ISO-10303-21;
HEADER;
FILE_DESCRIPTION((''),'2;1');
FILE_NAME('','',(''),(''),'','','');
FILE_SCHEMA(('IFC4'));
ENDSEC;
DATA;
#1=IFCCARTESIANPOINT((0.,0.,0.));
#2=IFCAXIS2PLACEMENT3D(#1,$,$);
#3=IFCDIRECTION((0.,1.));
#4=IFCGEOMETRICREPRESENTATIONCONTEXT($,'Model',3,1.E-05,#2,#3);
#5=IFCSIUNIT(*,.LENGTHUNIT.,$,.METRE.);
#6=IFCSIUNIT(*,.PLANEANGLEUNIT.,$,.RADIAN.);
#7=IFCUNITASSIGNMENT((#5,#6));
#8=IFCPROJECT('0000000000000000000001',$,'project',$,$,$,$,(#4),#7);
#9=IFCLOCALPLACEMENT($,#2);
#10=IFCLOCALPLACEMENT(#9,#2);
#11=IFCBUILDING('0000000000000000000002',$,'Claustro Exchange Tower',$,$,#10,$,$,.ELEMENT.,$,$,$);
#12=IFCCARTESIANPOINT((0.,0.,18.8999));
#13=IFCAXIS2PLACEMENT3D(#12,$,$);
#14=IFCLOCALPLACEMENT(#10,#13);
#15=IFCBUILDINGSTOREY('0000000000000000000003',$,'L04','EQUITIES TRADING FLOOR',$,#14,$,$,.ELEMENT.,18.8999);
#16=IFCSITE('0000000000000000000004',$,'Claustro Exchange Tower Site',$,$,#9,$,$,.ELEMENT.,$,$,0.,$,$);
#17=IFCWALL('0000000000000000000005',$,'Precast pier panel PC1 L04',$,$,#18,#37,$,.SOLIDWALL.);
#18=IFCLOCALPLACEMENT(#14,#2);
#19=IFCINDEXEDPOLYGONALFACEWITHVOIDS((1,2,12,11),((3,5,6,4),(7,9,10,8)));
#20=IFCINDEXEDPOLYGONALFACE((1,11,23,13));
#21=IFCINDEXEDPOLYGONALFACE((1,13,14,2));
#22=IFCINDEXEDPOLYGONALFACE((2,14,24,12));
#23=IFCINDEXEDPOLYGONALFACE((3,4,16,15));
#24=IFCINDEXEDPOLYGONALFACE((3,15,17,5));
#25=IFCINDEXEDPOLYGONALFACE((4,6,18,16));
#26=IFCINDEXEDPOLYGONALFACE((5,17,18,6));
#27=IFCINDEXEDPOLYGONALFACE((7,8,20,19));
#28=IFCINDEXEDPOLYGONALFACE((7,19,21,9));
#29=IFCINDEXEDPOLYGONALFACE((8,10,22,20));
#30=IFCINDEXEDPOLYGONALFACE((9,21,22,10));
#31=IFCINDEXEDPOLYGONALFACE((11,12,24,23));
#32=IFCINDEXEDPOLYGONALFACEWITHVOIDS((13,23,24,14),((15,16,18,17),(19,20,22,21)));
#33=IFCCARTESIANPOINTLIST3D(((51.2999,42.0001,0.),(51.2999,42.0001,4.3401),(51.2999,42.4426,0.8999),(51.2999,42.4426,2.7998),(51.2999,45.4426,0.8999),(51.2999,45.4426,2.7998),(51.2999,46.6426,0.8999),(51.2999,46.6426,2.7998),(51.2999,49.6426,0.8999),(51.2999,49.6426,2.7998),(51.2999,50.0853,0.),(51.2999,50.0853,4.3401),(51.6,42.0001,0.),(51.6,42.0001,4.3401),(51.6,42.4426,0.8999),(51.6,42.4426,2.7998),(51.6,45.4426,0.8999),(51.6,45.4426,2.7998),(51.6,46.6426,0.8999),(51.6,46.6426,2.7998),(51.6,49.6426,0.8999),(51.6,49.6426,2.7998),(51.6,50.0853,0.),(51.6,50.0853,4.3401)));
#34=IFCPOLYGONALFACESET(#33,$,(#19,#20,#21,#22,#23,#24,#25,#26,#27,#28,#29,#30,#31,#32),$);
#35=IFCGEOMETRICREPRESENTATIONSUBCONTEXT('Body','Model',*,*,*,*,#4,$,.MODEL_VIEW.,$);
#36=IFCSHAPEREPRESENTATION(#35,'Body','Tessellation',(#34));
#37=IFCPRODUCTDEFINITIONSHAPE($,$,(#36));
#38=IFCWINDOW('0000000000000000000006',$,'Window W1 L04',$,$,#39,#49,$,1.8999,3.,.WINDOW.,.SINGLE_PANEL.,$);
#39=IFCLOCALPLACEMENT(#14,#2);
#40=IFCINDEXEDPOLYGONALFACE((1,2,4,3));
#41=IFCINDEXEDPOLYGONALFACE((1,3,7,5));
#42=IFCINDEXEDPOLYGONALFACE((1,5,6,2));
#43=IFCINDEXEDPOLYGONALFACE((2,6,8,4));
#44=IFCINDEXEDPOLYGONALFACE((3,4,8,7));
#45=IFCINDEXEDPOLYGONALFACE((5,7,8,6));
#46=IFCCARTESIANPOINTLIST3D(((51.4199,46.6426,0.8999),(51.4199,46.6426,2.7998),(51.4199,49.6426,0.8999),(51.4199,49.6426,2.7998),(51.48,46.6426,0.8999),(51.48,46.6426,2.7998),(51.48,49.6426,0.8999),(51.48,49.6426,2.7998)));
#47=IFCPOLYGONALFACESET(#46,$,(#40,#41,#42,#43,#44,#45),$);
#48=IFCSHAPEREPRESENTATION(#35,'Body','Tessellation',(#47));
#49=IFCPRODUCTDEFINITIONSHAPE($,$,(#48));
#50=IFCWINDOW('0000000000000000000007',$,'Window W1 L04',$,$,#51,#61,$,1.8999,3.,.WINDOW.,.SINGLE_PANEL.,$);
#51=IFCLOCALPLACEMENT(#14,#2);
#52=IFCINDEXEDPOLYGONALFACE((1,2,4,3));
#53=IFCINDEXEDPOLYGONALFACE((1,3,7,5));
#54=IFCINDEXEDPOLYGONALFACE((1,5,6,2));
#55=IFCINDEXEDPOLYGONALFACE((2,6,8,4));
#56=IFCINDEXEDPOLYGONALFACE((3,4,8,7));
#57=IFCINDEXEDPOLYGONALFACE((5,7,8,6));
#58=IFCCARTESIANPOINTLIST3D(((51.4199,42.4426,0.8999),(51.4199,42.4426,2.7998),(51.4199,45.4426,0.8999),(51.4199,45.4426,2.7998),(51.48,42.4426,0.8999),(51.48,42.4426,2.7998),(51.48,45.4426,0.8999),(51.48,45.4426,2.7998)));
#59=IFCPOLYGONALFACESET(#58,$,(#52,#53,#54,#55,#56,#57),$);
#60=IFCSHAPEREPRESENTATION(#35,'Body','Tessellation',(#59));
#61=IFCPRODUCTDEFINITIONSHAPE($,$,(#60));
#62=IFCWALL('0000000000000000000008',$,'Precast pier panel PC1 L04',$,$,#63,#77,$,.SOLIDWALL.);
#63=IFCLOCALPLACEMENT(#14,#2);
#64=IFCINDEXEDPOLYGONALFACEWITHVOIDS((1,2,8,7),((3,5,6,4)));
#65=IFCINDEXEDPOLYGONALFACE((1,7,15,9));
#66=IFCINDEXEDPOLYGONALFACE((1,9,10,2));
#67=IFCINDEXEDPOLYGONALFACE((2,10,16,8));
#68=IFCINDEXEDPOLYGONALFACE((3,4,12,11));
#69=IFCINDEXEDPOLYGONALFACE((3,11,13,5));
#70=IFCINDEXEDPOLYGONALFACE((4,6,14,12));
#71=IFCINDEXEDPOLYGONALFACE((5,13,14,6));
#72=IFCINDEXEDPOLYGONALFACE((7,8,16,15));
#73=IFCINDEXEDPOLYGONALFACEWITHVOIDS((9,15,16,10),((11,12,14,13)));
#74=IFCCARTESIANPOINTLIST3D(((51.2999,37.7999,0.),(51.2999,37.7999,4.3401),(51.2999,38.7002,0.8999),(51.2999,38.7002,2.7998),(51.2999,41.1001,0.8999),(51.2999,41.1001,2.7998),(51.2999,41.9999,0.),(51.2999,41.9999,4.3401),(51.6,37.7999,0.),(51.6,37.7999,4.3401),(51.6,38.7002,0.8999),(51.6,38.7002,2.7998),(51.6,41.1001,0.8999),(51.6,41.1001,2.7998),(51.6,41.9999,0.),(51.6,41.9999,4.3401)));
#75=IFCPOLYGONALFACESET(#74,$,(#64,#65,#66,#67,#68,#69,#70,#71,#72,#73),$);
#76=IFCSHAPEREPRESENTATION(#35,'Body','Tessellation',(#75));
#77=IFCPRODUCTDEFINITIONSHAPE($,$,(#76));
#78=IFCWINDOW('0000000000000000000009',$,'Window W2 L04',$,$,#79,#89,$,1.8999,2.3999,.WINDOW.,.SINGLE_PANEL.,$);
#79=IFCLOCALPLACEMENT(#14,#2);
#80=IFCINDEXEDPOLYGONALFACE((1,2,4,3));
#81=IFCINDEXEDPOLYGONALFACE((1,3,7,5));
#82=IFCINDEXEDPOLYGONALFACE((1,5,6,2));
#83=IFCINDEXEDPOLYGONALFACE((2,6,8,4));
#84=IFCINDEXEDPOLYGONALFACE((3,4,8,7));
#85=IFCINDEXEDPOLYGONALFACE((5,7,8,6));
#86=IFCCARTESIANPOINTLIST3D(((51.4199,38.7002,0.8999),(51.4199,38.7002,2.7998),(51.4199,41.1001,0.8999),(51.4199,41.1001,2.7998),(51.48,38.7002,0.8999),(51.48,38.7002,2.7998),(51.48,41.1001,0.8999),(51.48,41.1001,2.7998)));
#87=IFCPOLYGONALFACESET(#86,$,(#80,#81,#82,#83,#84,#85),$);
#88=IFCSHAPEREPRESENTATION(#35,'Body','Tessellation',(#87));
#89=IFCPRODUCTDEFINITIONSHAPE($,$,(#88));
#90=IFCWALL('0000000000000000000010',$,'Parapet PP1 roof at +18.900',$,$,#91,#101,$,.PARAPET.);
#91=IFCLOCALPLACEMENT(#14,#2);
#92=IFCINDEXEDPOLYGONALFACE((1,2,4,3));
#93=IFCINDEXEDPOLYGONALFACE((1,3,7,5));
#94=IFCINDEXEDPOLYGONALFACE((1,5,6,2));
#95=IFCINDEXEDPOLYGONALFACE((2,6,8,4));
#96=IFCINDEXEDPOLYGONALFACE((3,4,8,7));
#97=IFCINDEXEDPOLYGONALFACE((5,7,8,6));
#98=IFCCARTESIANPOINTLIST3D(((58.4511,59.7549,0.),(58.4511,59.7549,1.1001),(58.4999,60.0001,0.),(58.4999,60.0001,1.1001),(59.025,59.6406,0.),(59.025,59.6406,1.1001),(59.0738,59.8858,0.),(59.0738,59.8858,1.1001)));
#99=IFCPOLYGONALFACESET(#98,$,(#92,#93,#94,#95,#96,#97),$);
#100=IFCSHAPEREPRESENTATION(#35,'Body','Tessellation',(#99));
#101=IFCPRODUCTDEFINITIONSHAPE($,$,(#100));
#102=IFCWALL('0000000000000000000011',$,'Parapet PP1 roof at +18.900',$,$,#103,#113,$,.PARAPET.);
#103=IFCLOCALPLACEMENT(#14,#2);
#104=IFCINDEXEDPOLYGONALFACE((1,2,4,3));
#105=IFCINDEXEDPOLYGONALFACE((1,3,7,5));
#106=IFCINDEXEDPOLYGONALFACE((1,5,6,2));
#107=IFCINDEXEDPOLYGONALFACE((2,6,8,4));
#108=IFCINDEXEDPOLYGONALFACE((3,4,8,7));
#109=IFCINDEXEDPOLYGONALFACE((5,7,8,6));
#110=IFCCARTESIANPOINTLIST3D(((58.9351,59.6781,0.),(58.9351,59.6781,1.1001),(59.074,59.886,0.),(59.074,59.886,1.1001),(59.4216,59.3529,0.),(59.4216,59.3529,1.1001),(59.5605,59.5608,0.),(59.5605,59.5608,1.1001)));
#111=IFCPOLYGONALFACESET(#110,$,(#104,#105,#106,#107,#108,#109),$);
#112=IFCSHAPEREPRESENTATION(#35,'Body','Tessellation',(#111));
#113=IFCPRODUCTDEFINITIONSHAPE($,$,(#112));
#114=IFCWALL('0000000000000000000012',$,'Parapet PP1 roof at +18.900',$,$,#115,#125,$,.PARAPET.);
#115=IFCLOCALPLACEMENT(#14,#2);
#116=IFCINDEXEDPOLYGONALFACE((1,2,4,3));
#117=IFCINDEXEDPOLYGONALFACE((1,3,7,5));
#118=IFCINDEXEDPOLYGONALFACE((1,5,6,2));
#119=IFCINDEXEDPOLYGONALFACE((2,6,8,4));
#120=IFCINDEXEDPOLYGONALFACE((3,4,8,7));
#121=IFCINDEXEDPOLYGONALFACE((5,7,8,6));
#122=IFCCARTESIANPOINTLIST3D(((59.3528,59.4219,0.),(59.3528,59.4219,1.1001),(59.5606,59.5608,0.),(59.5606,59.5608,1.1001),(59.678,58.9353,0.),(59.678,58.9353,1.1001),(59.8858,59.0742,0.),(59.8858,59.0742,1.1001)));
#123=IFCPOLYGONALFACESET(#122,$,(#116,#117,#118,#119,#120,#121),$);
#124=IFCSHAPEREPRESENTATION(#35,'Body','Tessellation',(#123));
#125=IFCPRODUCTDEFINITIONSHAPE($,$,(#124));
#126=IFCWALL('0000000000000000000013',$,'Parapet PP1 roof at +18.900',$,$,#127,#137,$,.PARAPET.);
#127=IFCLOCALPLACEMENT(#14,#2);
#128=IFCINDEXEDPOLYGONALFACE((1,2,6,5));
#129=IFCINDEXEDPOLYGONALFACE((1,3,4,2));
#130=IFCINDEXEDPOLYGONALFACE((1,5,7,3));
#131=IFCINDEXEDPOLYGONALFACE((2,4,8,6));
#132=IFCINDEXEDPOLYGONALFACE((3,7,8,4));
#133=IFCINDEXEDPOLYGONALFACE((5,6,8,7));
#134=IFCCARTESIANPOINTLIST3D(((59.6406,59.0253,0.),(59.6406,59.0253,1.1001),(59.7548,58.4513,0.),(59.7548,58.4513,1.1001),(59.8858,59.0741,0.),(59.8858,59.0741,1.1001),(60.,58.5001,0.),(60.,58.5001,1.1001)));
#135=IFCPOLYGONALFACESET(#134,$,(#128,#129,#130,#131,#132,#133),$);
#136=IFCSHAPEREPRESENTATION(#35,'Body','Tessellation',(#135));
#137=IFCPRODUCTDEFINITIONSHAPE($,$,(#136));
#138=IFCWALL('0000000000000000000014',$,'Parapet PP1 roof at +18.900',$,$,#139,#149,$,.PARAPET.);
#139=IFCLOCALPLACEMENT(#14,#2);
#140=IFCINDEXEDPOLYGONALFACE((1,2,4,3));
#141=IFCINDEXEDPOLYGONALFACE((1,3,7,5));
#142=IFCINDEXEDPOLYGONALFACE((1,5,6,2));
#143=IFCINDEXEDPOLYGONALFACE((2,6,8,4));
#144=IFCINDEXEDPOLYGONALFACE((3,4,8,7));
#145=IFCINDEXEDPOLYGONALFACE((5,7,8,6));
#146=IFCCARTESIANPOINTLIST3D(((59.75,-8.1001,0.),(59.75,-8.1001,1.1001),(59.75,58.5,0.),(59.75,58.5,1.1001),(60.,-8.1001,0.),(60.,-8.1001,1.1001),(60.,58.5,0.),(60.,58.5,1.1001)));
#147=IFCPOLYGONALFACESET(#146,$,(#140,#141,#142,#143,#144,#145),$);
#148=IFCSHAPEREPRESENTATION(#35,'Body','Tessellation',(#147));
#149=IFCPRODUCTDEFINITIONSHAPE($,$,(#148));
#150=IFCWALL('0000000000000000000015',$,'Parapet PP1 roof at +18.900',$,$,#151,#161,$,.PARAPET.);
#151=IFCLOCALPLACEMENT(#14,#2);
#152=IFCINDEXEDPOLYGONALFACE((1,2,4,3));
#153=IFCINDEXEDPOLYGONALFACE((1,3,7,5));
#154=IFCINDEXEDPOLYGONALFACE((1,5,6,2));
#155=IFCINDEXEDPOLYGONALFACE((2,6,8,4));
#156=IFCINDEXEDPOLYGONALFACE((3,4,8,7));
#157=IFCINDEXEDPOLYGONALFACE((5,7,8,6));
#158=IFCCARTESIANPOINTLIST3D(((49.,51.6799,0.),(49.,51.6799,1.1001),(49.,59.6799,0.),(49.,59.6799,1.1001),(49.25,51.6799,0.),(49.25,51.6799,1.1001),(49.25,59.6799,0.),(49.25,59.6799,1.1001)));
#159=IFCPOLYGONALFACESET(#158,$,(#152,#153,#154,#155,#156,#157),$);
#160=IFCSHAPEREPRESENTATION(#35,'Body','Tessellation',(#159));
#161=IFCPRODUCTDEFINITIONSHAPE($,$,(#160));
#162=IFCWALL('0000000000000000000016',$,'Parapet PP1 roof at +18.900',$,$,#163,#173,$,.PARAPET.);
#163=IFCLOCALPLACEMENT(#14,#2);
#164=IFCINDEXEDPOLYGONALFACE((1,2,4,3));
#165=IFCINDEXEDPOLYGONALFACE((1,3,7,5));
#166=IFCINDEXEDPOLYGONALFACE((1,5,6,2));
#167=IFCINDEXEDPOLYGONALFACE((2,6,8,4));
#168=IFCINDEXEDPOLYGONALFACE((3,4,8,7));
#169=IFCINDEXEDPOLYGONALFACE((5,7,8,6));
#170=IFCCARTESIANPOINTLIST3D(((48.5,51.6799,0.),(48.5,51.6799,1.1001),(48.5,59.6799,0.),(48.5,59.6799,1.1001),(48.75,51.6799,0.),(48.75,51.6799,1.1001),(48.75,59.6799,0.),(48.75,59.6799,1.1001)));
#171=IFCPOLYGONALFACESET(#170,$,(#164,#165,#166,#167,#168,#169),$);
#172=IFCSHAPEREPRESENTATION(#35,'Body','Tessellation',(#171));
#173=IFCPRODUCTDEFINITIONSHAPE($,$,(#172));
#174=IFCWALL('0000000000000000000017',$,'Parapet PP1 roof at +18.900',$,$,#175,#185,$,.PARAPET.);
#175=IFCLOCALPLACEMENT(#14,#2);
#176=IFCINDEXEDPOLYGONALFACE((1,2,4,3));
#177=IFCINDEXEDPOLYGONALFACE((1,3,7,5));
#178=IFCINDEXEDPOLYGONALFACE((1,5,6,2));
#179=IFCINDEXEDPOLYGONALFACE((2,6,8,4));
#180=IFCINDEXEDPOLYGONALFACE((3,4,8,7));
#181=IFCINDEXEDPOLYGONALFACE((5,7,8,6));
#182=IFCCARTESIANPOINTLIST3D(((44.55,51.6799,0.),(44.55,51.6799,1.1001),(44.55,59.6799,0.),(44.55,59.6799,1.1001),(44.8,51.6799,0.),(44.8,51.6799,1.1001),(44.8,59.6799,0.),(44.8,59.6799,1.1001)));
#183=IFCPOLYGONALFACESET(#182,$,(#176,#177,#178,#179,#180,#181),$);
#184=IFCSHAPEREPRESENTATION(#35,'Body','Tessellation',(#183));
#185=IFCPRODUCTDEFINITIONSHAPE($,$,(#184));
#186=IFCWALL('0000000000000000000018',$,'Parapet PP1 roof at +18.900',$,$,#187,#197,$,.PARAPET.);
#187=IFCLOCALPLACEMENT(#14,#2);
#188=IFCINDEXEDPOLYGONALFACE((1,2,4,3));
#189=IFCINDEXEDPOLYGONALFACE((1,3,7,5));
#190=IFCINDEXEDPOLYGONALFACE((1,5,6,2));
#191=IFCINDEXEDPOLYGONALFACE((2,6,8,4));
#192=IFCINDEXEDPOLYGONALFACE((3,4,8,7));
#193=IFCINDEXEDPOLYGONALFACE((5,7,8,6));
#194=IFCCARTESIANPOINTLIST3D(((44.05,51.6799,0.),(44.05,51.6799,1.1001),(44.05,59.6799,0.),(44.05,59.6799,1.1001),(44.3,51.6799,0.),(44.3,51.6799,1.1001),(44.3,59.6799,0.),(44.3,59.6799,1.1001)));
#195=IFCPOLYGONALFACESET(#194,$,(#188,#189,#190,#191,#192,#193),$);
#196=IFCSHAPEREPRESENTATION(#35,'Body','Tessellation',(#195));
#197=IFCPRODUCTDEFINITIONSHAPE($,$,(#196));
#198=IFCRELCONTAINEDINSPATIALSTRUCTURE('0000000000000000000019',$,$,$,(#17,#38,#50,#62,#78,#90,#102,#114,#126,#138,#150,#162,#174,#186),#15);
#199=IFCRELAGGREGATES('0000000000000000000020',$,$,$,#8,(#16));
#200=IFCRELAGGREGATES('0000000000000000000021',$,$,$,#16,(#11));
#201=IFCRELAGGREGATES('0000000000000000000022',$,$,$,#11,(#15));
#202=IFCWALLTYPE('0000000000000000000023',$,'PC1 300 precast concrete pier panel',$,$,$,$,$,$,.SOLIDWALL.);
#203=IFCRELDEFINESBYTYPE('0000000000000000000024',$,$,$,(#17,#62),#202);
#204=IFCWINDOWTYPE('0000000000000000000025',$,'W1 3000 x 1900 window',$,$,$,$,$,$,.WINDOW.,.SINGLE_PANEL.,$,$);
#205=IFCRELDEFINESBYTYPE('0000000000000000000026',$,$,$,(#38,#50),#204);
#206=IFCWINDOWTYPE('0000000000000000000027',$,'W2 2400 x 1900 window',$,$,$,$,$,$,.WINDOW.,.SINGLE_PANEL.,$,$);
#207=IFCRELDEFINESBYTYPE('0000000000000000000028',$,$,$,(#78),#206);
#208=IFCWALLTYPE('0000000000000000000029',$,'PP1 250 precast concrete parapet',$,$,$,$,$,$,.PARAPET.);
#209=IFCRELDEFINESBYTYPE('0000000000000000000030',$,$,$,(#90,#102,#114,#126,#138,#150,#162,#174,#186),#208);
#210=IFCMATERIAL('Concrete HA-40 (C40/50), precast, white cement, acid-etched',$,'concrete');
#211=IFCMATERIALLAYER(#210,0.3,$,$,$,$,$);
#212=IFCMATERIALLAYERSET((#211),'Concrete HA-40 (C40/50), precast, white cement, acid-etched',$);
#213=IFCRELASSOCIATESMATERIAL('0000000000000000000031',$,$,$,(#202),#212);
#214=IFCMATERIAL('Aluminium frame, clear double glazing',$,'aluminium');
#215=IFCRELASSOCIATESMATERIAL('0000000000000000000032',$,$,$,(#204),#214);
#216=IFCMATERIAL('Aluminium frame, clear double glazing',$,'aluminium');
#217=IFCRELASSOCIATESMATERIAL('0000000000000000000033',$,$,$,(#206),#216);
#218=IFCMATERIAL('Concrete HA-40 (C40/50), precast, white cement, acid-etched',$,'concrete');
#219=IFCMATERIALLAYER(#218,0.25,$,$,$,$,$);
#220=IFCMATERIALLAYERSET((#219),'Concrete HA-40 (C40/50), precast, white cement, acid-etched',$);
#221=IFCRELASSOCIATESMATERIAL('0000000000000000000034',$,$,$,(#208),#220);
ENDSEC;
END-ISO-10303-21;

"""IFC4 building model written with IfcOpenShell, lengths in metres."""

from ifc_helpers import new_model, si_unit, direction, frame, frame_2d, origin, place, context, subcontext, project, spatial, rectangle, extrude, material, layer, layer_set, type_object, element, fill, save


model = new_model("IFC4")

# Units and contexts
model_context = context("Model", 3, precision=1e-05, world=origin(), true_north=direction((0.0, 1.0)))
body_context = subcontext(model_context, "Body", "Model", "MODEL_VIEW")
ifc_project = project(units=[si_unit("LENGTHUNIT", "METRE"), si_unit("PLANEANGLEUNIT", "RADIAN")], contexts=[model_context])

# Site, building, storey
site_placement = place(None, origin())
site = spatial("IfcSite", under=ifc_project, at=site_placement, Name="Claustro Exchange Tower Site", CompositionType="ELEMENT", RefElevation=0.0)
building_placement = place(site_placement, origin())
building = spatial("IfcBuilding", under=site, at=building_placement, Name="Claustro Exchange Tower", CompositionType="ELEMENT")
storey_placement = place(building_placement, frame((0.0, 0.0, 18.8999)))
storey = spatial("IfcBuildingStorey", under=building, at=storey_placement, Name="L04", Description="EQUITIES TRADING FLOOR", CompositionType="ELEMENT", Elevation=18.8999)

# Shared definitions
ifc_material_1 = material(Name="Concrete HA-40 (C40/50), precast, white cement, acid-etched", Category="concrete")
ifc_layer_1 = layer(ifc_material_1, 0.3)
ifc_layer_set_1 = layer_set([ifc_layer_1], Name="Concrete HA-40 (C40/50), precast, white cement, acid-etched")
wall_type_1 = type_object("IfcWallType", Name="PC1 300 precast concrete pier panel", PredefinedType="SOLIDWALL", material=ifc_layer_set_1)
ifc_material_2 = material(Name="Aluminium frame, clear double glazing", Category="aluminium")
window_type_1 = type_object("IfcWindowType", Name="W1 3000 x 1900 window", PartitioningType="SINGLE_PANEL", PredefinedType="WINDOW", material=ifc_material_2)

# Wall, openings, windows
wall_1_placement = place(storey_placement, frame((51.45, 50.0852, 0.0), z_axis=(0.0, 0.0, 1.0), x_axis=(0.0, -1.0, 0.0)))
wall_1 = element("IfcWall", 1, at=wall_1_placement, inside=storey, type_object=wall_type_1, Name="Precast pier panel PC1 L04", PredefinedType="SOLIDWALL", context=body_context, shape_type="SweptSolid", body=[
    extrude(rectangle(XDim=8.0852, YDim=0.3, at=frame_2d((4.0425, 0.0))), origin(), (0.0, 0.0, 1.0), 4.3401),
])
opening_1_placement = place(wall_1_placement, frame((0.4426, 0.0, 0.8999)))
opening_1 = element("IfcOpeningElement", 2, at=opening_1_placement, cuts=wall_1, PredefinedType="OPENING", context=body_context, shape_type="SweptSolid", body=[
    extrude(rectangle(XDim=3.0, YDim=1.8999, at=frame_2d((1.5, 0.95))), frame((0.0, 0.1599, 0.0), z_axis=(0.0, -1.0, 0.0), x_axis=(1.0, 0.0, 0.0)), (0.0, 0.0, 1.0), 0.3201),
])
opening_2_placement = place(wall_1_placement, frame((4.6426, 0.0, 0.8999)))
opening_2 = element("IfcOpeningElement", 3, at=opening_2_placement, cuts=wall_1, PredefinedType="OPENING", context=body_context, shape_type="SweptSolid", body=[
    extrude(rectangle(XDim=3.0, YDim=1.8999, at=frame_2d((1.5, 0.95))), frame((0.0, 0.1599, 0.0), z_axis=(0.0, -1.0, 0.0), x_axis=(1.0, 0.0, 0.0)), (0.0, 0.0, 1.0), 0.3201),
])
window_1_placement = place(opening_1_placement, origin())
window_1 = element("IfcWindow", 4, at=window_1_placement, inside=storey, type_object=window_type_1, Name="Window W1 L04", OverallHeight=1.8999, OverallWidth=3.0, PartitioningType="SINGLE_PANEL", PredefinedType="WINDOW", context=body_context, shape_type="SweptSolid", body=[
    extrude(rectangle(XDim=3.0, YDim=1.8999, at=frame_2d((1.5, 0.95))), frame((0.0, 0.03, 0.0), z_axis=(0.0, -1.0, 0.0), x_axis=(1.0, 0.0, 0.0)), (0.0, 0.0, 1.0), 0.0601),
])
fill(opening_1, window_1)
window_2_placement = place(opening_2_placement, origin())
window_2 = element("IfcWindow", 5, at=window_2_placement, inside=storey, type_object=window_type_1, Name="Window W1 L04", OverallHeight=1.8999, OverallWidth=3.0, PartitioningType="SINGLE_PANEL", PredefinedType="WINDOW", context=body_context, shape_type="SweptSolid", body=[
    extrude(rectangle(XDim=3.0, YDim=1.8999, at=frame_2d((1.5, 0.95))), frame((0.0, 0.03, 0.0), z_axis=(0.0, -1.0, 0.0), x_axis=(1.0, 0.0, 0.0)), (0.0, 0.0, 1.0), 0.0601),
])
fill(opening_2, window_2)

# Wall, opening, window
wall_2_placement = place(storey_placement, frame((51.45, 42.0, 0.0), z_axis=(0.0, 0.0, 1.0), x_axis=(0.0, -1.0, 0.0)))
wall_2 = element("IfcWall", 6, at=wall_2_placement, inside=storey, type_object=wall_type_1, Name="Precast pier panel PC1 L04", PredefinedType="SOLIDWALL", context=body_context, shape_type="SweptSolid", body=[
    extrude(rectangle(XDim=4.2, YDim=0.3, at=frame_2d((2.1001, 0.0))), origin(), (0.0, 0.0, 1.0), 4.3401),
])
opening_3_placement = place(wall_2_placement, frame((0.8999, 0.0, 0.8999)))
opening_3 = element("IfcOpeningElement", 7, at=opening_3_placement, cuts=wall_2, PredefinedType="OPENING", context=body_context, shape_type="SweptSolid", body=[
    extrude(rectangle(XDim=2.3999, YDim=1.8999, at=frame_2d((1.2, 0.95))), frame((0.0, 0.1599, 0.0), z_axis=(0.0, -1.0, 0.0), x_axis=(1.0, 0.0, 0.0)), (0.0, 0.0, 1.0), 0.3201),
])
ifc_material_3 = material(Name="Aluminium frame, clear double glazing", Category="aluminium")
window_type_2 = type_object("IfcWindowType", Name="W2 2400 x 1900 window", PartitioningType="SINGLE_PANEL", PredefinedType="WINDOW", material=ifc_material_3)
window_3_placement = place(opening_3_placement, origin())
window_3 = element("IfcWindow", 8, at=window_3_placement, inside=storey, type_object=window_type_2, Name="Window W2 L04", OverallHeight=1.8999, OverallWidth=2.3999, PartitioningType="SINGLE_PANEL", PredefinedType="WINDOW", context=body_context, shape_type="SweptSolid", body=[
    extrude(rectangle(XDim=2.3999, YDim=1.8999, at=frame_2d((1.2, 0.95))), frame((0.0, 0.03, 0.0), z_axis=(0.0, -1.0, 0.0), x_axis=(1.0, 0.0, 0.0)), (0.0, 0.0, 1.0), 0.0601),
])
fill(opening_3, window_3)

# Walls
ifc_material_4 = material(Name="Concrete HA-40 (C40/50), precast, white cement, acid-etched", Category="concrete")
ifc_layer_2 = layer(ifc_material_4, 0.25)
ifc_layer_set_2 = layer_set([ifc_layer_2], Name="Concrete HA-40 (C40/50), precast, white cement, acid-etched")
wall_type_2 = type_object("IfcWallType", Name="PP1 250 precast concrete parapet", PredefinedType="PARAPET", material=ifc_layer_set_2)
for number, where, z_axis, x_axis, name in (
    (9, (58.4756, 59.8774, 0.0), (0.0, 0.0, 1.0), (0.980757, -0.195234, 0.0), "Parapet PP1 roof at +18.900"),
    (10, (59.0046, 59.782, 0.0), (0.0, 0.0, 1.0), (0.831408, -0.555663, 0.0), "Parapet PP1 roof at +18.900"),
    (11, (59.4568, 59.4912, 0.0), (0.0, 0.0, 1.0), (0.555663, -0.831408, 0.0), "Parapet PP1 roof at +18.900"),
    (12, (59.7632, 59.0496, 0.0), (0.0, 0.0, 1.0), (0.195234, -0.980757, 0.0), "Parapet PP1 roof at +18.900"),
):
    element("IfcWall", number, at=place(storey_placement, frame(where, z_axis=z_axis, x_axis=x_axis)), inside=storey, type_object=wall_type_2, Name=name, PredefinedType="PARAPET", context=body_context, shape_type="SweptSolid", body=[
        extrude(rectangle(XDim=0.5852, YDim=0.25, at=frame_2d((0.2925, 0.0))), origin(), (0.0, 0.0, 1.0), 1.1001),
    ])
wall_3_placement = place(storey_placement, frame((59.875, 58.5, 0.0), z_axis=(0.0, 0.0, 1.0), x_axis=(0.0, -1.0, 0.0)))
element("IfcWall", 13, at=wall_3_placement, inside=storey, type_object=wall_type_2, Name="Parapet PP1 roof at +18.900", PredefinedType="PARAPET", context=body_context, shape_type="SweptSolid", body=[
    extrude(rectangle(XDim=66.6001, YDim=0.25, at=frame_2d((33.3, 0.0))), origin(), (0.0, 0.0, 1.0), 1.1001),
])
for number, where, z_axis, x_axis, name in (
    (14, (49.125, 51.6799, 0.0), (0.0, 0.0, 1.0), (0.0, 1.0, 0.0), "Parapet PP1 roof at +18.900"),
    (15, (48.625, 59.6799, 0.0), (0.0, 0.0, 1.0), (0.0, -1.0, 0.0), "Parapet PP1 roof at +18.900"),
    (16, (44.675, 51.6799, 0.0), (0.0, 0.0, 1.0), (0.0, 1.0, 0.0), "Parapet PP1 roof at +18.900"),
    (17, (44.175, 59.6799, 0.0), (0.0, 0.0, 1.0), (0.0, -1.0, 0.0), "Parapet PP1 roof at +18.900"),
):
    element("IfcWall", number, at=place(storey_placement, frame(where, z_axis=z_axis, x_axis=x_axis)), inside=storey, type_object=wall_type_2, Name=name, PredefinedType="PARAPET", context=body_context, shape_type="SweptSolid", body=[
        extrude(rectangle(XDim=8.0, YDim=0.25, at=frame_2d((4.0, 0.0))), origin(), (0.0, 0.0, 1.0), 1.1001),
    ])

save(model, "model.ifc")
